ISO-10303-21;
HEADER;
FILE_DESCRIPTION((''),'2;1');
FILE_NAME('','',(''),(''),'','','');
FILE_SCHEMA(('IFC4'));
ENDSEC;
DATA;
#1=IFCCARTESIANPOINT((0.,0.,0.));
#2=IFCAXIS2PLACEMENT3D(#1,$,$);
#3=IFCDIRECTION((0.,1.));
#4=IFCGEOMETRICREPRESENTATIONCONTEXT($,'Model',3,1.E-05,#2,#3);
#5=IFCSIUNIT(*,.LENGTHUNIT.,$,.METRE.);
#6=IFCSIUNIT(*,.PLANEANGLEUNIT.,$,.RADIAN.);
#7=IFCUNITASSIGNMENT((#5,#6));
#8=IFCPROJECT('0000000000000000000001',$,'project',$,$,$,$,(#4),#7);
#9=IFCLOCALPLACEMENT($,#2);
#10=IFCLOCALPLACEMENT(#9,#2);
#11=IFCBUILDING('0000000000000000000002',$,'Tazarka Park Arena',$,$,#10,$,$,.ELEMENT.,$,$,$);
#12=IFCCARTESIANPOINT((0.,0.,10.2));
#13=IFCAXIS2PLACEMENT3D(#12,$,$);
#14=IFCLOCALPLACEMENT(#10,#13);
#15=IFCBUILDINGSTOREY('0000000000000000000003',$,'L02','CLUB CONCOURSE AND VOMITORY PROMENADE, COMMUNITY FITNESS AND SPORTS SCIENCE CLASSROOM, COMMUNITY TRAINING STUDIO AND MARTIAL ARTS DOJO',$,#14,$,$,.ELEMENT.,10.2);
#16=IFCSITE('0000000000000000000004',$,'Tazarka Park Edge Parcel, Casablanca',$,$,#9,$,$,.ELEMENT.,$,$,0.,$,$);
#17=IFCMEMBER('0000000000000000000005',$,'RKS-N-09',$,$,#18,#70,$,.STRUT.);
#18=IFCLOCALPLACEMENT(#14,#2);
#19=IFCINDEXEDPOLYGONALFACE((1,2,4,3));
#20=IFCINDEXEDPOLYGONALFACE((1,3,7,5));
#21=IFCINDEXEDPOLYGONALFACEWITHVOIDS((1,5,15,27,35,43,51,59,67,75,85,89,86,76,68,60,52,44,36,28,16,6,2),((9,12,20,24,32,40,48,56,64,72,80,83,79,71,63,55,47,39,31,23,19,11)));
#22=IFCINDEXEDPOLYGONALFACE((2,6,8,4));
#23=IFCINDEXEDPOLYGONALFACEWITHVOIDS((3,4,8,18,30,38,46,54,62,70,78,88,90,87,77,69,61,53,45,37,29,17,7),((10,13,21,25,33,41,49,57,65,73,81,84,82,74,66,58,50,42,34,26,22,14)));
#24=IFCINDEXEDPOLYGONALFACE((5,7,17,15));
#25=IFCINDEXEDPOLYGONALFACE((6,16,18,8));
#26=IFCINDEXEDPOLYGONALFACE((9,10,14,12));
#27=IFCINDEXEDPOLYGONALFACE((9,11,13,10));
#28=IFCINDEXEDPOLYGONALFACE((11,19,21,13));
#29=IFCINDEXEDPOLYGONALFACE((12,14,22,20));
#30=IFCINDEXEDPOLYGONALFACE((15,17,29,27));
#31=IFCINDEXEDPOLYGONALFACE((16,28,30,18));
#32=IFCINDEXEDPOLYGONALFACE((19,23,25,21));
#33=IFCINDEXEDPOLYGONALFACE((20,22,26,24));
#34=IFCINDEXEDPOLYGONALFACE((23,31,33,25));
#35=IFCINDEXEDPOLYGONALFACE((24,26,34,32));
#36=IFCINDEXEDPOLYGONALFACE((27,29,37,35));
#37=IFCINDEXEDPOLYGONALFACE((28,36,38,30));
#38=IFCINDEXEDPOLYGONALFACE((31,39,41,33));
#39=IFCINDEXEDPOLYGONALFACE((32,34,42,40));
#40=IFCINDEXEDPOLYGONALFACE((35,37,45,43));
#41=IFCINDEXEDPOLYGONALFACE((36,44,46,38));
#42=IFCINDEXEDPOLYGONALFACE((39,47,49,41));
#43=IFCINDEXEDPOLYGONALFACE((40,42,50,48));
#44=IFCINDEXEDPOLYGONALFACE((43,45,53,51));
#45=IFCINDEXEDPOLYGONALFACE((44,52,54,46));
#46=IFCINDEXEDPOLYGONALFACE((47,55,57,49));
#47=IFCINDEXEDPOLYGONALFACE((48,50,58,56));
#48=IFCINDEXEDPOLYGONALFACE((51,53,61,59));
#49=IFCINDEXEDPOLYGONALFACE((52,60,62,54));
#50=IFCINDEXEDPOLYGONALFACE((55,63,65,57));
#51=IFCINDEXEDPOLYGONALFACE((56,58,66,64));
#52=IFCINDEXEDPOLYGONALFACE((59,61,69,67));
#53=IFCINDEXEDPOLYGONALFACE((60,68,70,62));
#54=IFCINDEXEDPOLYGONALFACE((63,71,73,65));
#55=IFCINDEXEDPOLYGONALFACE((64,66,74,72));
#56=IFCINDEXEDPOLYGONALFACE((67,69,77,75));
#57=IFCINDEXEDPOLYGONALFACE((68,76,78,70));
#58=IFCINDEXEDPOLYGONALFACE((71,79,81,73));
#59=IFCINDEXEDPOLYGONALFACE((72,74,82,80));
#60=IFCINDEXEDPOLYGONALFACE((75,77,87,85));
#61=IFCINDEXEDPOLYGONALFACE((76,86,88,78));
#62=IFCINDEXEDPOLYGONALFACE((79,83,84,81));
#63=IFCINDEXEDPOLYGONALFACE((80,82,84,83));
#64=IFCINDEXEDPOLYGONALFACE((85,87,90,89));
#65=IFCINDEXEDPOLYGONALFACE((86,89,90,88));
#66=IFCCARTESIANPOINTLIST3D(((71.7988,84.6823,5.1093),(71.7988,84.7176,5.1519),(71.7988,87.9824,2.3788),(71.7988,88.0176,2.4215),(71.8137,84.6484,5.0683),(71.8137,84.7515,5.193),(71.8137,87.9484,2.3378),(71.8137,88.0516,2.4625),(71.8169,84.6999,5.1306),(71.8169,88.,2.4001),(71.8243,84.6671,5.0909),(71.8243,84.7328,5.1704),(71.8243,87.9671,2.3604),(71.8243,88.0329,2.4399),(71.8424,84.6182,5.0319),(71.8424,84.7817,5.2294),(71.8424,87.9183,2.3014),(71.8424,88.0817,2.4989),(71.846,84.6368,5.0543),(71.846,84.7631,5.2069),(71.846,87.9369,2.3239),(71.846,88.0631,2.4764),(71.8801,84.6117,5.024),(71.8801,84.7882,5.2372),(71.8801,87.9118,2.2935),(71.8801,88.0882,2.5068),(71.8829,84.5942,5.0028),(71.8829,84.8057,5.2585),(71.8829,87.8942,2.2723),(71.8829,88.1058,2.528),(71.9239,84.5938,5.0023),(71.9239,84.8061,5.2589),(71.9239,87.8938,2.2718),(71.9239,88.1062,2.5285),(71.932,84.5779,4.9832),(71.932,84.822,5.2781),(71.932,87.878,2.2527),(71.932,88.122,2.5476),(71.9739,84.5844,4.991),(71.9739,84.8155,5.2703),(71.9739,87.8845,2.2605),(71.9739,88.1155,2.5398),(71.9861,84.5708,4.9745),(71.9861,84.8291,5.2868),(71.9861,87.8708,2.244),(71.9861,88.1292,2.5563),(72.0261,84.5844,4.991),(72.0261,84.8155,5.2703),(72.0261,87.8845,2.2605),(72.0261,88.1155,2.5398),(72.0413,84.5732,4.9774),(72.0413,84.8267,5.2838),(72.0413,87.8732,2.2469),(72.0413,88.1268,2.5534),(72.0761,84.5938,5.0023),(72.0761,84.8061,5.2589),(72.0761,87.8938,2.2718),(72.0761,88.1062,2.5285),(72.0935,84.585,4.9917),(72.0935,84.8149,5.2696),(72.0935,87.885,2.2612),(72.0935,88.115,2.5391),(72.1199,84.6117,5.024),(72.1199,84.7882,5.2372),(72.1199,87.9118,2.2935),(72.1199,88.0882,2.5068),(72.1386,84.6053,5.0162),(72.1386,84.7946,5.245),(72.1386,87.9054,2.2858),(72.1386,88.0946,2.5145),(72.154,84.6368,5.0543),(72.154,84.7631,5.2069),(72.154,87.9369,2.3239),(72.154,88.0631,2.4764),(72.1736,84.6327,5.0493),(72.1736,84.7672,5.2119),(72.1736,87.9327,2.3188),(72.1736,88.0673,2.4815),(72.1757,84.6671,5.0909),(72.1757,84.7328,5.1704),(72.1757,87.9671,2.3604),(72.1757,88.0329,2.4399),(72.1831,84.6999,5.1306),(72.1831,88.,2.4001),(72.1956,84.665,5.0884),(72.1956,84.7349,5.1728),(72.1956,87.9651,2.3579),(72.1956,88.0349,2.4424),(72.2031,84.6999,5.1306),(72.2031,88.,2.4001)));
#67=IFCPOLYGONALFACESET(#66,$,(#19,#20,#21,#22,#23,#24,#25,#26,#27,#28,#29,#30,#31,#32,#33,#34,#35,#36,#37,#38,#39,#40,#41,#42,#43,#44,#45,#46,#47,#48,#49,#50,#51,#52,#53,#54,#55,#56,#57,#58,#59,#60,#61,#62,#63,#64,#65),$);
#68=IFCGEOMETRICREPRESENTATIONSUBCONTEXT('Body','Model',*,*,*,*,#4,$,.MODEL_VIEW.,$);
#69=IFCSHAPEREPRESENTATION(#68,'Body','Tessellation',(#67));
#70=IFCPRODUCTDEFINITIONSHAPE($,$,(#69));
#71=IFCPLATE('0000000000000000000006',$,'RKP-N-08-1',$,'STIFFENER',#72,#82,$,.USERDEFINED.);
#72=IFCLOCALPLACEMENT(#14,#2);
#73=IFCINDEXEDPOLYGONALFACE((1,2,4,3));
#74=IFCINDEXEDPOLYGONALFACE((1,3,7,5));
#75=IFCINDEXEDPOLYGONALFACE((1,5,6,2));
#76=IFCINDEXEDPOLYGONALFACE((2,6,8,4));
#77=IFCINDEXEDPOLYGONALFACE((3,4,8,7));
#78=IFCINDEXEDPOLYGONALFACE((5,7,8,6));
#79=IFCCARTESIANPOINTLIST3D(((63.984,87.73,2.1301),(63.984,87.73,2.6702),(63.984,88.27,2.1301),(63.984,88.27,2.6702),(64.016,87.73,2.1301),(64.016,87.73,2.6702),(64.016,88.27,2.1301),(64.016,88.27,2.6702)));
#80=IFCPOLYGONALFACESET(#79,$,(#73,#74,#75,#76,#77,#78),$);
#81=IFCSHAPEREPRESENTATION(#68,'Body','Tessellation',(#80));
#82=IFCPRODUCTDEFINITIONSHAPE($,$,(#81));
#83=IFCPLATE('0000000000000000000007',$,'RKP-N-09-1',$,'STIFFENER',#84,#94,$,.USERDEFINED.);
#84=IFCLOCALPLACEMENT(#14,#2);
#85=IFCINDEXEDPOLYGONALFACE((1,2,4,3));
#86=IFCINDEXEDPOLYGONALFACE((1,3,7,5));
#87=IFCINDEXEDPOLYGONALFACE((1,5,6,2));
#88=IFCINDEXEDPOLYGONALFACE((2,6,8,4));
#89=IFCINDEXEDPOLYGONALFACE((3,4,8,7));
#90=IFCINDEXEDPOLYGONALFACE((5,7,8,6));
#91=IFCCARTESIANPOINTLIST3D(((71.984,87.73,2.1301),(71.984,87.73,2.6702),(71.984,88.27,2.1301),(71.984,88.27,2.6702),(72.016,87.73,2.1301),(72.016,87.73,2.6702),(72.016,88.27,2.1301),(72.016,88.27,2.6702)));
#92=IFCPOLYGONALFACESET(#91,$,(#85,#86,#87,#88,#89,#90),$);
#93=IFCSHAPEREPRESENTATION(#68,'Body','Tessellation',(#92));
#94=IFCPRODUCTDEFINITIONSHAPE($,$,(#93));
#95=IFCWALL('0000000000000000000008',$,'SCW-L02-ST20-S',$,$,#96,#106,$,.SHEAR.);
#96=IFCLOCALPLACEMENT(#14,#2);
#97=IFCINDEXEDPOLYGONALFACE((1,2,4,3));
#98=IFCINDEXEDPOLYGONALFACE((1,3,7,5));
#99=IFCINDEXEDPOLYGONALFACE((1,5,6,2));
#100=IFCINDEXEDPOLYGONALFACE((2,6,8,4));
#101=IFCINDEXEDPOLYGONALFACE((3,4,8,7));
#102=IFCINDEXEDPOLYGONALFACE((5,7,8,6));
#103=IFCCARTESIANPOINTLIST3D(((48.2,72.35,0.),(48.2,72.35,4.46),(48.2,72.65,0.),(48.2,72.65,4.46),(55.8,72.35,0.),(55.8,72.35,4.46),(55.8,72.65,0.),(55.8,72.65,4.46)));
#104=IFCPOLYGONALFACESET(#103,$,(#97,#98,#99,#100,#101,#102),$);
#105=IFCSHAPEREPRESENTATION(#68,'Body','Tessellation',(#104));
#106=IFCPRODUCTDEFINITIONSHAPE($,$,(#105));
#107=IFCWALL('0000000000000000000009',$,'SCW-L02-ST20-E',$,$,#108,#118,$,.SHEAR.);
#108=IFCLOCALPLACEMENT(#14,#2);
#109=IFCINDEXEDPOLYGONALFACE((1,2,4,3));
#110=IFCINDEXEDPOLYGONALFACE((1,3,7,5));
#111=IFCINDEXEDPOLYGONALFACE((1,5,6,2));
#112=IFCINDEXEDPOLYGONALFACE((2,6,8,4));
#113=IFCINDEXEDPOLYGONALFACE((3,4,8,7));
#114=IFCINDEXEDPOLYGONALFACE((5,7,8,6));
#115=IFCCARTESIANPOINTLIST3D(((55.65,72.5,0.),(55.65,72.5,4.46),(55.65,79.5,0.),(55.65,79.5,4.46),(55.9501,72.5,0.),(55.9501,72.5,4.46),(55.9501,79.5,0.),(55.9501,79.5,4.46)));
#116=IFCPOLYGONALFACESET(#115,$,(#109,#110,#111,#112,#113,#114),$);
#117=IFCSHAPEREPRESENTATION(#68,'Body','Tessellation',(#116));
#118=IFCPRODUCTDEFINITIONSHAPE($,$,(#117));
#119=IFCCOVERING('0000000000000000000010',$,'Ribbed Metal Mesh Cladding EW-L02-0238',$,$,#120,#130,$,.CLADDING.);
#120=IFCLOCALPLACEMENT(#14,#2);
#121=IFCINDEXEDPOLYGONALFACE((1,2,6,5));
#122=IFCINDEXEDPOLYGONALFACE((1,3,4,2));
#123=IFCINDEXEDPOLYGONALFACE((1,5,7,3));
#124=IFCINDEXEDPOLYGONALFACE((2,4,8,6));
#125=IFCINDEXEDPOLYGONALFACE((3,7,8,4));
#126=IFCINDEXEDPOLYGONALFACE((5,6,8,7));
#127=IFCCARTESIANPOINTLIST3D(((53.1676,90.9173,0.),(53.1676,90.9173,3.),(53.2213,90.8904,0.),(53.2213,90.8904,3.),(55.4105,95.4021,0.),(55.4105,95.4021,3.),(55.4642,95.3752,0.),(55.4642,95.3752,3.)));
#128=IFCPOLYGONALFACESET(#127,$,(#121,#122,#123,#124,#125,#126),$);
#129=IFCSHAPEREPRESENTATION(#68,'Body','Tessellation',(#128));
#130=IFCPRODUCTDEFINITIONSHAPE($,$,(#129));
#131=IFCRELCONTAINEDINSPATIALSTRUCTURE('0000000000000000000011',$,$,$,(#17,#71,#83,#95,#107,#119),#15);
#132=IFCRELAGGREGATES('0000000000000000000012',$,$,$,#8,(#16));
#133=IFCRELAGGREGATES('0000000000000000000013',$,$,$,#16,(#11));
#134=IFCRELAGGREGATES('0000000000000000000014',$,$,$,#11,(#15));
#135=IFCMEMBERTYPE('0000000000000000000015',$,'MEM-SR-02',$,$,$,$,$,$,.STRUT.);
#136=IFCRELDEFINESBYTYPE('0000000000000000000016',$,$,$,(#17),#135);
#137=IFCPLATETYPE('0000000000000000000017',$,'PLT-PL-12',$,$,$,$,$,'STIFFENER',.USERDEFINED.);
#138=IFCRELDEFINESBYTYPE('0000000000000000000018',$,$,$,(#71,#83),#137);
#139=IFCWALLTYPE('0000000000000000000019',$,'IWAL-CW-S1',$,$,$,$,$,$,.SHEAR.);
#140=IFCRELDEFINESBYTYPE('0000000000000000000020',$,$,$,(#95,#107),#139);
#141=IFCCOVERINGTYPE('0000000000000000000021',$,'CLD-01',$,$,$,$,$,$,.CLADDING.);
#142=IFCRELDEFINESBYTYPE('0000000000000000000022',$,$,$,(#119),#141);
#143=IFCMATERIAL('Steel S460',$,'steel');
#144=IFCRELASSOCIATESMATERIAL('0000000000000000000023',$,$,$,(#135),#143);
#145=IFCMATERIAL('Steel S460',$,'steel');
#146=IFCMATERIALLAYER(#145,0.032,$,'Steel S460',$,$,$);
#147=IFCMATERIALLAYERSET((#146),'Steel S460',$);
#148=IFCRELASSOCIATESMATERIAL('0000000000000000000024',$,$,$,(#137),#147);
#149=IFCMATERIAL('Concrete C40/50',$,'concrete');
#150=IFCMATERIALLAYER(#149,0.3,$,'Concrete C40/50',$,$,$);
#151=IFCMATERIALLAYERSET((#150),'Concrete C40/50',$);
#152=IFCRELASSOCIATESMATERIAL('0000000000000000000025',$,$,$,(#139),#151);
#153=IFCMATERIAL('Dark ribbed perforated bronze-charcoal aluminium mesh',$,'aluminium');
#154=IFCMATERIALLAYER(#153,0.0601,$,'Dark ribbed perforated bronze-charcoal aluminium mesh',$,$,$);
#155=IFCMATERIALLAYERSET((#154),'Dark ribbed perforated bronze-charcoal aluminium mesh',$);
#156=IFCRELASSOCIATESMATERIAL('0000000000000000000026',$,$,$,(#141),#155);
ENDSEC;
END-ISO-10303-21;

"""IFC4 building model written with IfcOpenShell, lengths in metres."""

from ifc_helpers import new_model, si_unit, direction, frame, frame_2d, origin, origin_2d, place, context, subcontext, project, spatial, rectangle, hollow_circle, extrude, material, layer, layer_set, material_profile, profile_set, type_object, element, save


model = new_model("IFC4")

# Units and contexts
model_context = context("Model", 3, precision=1e-05, world=origin(), true_north=direction((0.0, 1.0)))
body_context = subcontext(model_context, "Body", "Model", "MODEL_VIEW")
ifc_project = project(units=[si_unit("LENGTHUNIT", "METRE"), si_unit("PLANEANGLEUNIT", "RADIAN")], contexts=[model_context])

# Site, building, storey
site_placement = place(None, origin())
site = spatial("IfcSite", under=ifc_project, at=site_placement, Name="Tazarka Park Edge Parcel, Casablanca", CompositionType="ELEMENT", RefElevation=0.0)
building_placement = place(site_placement, origin())
building = spatial("IfcBuilding", under=site, at=building_placement, Name="Tazarka Park Arena", CompositionType="ELEMENT")
storey_placement = place(building_placement, frame((0.0, 0.0, 10.2)))
storey = spatial("IfcBuildingStorey", under=building, at=storey_placement, Name="L02", Description="CLUB CONCOURSE AND VOMITORY PROMENADE, COMMUNITY FITNESS AND SPORTS SCIENCE CLASSROOM, COMMUNITY TRAINING STUDIO AND MARTIAL ARTS DOJO", CompositionType="ELEMENT", Elevation=10.2)

# Member
ifc_material_1 = material(Name="Steel S460", Category="steel")
ifc_material_profile_1 = material_profile(ifc_material_1, hollow_circle(Radius=0.2031, WallThickness=0.02, at=origin_2d()), Name="Steel S460")
ifc_profile_set_1 = profile_set([ifc_material_profile_1], Name="Steel S460")
member_type = type_object("IfcMemberType", Name="MEM-SR-02", PredefinedType="STRUT", material=ifc_profile_set_1)
for number, where, z_axis, x_axis, name in (
    (1, (72.0, 88.0, 2.4001), (0.0, -0.770464, 0.637484), (1.0, 0.0, 0.0), "RKS-N-09"),
):
    element("IfcMember", number, at=place(storey_placement, frame(where, z_axis=z_axis, x_axis=x_axis)), inside=storey, type_object=member_type, Name=name, PredefinedType="STRUT", context=body_context, shape_type="SweptSolid", body=[
        extrude(hollow_circle(Radius=0.2031, WallThickness=0.02, at=origin_2d()), origin(), (0.0, 0.0, 1.0), 4.2832),
    ])

# Plates
ifc_material_2 = material(Name="Steel S460", Category="steel")
ifc_layer_1 = layer(ifc_material_2, 0.032, Name="Steel S460")
ifc_layer_set_1 = layer_set([ifc_layer_1], Name="Steel S460")
plate_type = type_object("IfcPlateType", Name="PLT-PL-12", ElementType="STIFFENER", PredefinedType="USERDEFINED", material=ifc_layer_set_1)
for number, where, z_axis, x_axis, name in (
    (2, (64.0, 88.0, 2.1301), (0.0, 0.0, 1.0), (1.0, 0.0, 0.0), "RKP-N-08-1"),
    (3, (72.0, 88.0, 2.1301), (0.0, 0.0, 1.0), (1.0, 0.0, 0.0), "RKP-N-09-1"),
):
    element("IfcPlate", number, at=place(storey_placement, frame(where, z_axis=z_axis, x_axis=x_axis)), inside=storey, type_object=plate_type, Name=name, ObjectType="STIFFENER", PredefinedType="USERDEFINED", context=body_context, shape_type="SweptSolid", body=[
        extrude(rectangle(XDim=0.032, YDim=0.54, at=origin_2d()), origin(), (0.0, 0.0, 1.0), 0.54),
    ])

# Walls
ifc_material_3 = material(Name="Concrete C40/50", Category="concrete")
ifc_layer_2 = layer(ifc_material_3, 0.3, Name="Concrete C40/50")
ifc_layer_set_2 = layer_set([ifc_layer_2], Name="Concrete C40/50")
wall_type = type_object("IfcWallType", Name="IWAL-CW-S1", PredefinedType="SHEAR", material=ifc_layer_set_2)
wall_1_placement = place(storey_placement, frame((55.8, 72.5, 0.0), z_axis=(0.0, 0.0, 1.0), x_axis=(-1.0, 0.0, 0.0)))
element("IfcWall", 4, at=wall_1_placement, inside=storey, type_object=wall_type, Name="SCW-L02-ST20-S", PredefinedType="SHEAR", context=body_context, shape_type="SweptSolid", body=[
    extrude(rectangle(XDim=7.6001, YDim=0.3, at=frame_2d((3.8, 0.0))), origin(), (0.0, 0.0, 1.0), 4.46),
])
wall_2_placement = place(storey_placement, frame((55.8, 79.5, 0.0), z_axis=(0.0, 0.0, 1.0), x_axis=(0.0, -1.0, 0.0)))
element("IfcWall", 5, at=wall_2_placement, inside=storey, type_object=wall_type, Name="SCW-L02-ST20-E", PredefinedType="SHEAR", context=body_context, shape_type="SweptSolid", body=[
    extrude(rectangle(XDim=7.0, YDim=0.3, at=frame_2d((3.5, 0.0))), origin(), (0.0, 0.0, 1.0), 4.46),
])

# Covering
ifc_material_4 = material(Name="Dark ribbed perforated bronze-charcoal aluminium mesh", Category="aluminium")
ifc_layer_3 = layer(ifc_material_4, 0.0601, Name="Dark ribbed perforated bronze-charcoal aluminium mesh")
ifc_layer_set_3 = layer_set([ifc_layer_3], Name="Dark ribbed perforated bronze-charcoal aluminium mesh")
covering_type = type_object("IfcCoveringType", Name="CLD-01", PredefinedType="CLADDING", material=ifc_layer_set_3)
covering_placement = place(storey_placement, frame((54.3159, 93.1462, 0.0), z_axis=(0.0, 0.0, 1.0), x_axis=(0.447291, 0.894389, 0.0)))
element("IfcCovering", 6, at=covering_placement, inside=storey, type_object=covering_type, Name="Ribbed Metal Mesh Cladding EW-L02-0238", PredefinedType="CLADDING", context=body_context, shape_type="SweptSolid", body=[
    extrude(rectangle(XDim=5.0144, YDim=0.0601, at=origin_2d()), origin(), (0.0, 0.0, 1.0), 3.0),
])

save(model, "model.ifc")
